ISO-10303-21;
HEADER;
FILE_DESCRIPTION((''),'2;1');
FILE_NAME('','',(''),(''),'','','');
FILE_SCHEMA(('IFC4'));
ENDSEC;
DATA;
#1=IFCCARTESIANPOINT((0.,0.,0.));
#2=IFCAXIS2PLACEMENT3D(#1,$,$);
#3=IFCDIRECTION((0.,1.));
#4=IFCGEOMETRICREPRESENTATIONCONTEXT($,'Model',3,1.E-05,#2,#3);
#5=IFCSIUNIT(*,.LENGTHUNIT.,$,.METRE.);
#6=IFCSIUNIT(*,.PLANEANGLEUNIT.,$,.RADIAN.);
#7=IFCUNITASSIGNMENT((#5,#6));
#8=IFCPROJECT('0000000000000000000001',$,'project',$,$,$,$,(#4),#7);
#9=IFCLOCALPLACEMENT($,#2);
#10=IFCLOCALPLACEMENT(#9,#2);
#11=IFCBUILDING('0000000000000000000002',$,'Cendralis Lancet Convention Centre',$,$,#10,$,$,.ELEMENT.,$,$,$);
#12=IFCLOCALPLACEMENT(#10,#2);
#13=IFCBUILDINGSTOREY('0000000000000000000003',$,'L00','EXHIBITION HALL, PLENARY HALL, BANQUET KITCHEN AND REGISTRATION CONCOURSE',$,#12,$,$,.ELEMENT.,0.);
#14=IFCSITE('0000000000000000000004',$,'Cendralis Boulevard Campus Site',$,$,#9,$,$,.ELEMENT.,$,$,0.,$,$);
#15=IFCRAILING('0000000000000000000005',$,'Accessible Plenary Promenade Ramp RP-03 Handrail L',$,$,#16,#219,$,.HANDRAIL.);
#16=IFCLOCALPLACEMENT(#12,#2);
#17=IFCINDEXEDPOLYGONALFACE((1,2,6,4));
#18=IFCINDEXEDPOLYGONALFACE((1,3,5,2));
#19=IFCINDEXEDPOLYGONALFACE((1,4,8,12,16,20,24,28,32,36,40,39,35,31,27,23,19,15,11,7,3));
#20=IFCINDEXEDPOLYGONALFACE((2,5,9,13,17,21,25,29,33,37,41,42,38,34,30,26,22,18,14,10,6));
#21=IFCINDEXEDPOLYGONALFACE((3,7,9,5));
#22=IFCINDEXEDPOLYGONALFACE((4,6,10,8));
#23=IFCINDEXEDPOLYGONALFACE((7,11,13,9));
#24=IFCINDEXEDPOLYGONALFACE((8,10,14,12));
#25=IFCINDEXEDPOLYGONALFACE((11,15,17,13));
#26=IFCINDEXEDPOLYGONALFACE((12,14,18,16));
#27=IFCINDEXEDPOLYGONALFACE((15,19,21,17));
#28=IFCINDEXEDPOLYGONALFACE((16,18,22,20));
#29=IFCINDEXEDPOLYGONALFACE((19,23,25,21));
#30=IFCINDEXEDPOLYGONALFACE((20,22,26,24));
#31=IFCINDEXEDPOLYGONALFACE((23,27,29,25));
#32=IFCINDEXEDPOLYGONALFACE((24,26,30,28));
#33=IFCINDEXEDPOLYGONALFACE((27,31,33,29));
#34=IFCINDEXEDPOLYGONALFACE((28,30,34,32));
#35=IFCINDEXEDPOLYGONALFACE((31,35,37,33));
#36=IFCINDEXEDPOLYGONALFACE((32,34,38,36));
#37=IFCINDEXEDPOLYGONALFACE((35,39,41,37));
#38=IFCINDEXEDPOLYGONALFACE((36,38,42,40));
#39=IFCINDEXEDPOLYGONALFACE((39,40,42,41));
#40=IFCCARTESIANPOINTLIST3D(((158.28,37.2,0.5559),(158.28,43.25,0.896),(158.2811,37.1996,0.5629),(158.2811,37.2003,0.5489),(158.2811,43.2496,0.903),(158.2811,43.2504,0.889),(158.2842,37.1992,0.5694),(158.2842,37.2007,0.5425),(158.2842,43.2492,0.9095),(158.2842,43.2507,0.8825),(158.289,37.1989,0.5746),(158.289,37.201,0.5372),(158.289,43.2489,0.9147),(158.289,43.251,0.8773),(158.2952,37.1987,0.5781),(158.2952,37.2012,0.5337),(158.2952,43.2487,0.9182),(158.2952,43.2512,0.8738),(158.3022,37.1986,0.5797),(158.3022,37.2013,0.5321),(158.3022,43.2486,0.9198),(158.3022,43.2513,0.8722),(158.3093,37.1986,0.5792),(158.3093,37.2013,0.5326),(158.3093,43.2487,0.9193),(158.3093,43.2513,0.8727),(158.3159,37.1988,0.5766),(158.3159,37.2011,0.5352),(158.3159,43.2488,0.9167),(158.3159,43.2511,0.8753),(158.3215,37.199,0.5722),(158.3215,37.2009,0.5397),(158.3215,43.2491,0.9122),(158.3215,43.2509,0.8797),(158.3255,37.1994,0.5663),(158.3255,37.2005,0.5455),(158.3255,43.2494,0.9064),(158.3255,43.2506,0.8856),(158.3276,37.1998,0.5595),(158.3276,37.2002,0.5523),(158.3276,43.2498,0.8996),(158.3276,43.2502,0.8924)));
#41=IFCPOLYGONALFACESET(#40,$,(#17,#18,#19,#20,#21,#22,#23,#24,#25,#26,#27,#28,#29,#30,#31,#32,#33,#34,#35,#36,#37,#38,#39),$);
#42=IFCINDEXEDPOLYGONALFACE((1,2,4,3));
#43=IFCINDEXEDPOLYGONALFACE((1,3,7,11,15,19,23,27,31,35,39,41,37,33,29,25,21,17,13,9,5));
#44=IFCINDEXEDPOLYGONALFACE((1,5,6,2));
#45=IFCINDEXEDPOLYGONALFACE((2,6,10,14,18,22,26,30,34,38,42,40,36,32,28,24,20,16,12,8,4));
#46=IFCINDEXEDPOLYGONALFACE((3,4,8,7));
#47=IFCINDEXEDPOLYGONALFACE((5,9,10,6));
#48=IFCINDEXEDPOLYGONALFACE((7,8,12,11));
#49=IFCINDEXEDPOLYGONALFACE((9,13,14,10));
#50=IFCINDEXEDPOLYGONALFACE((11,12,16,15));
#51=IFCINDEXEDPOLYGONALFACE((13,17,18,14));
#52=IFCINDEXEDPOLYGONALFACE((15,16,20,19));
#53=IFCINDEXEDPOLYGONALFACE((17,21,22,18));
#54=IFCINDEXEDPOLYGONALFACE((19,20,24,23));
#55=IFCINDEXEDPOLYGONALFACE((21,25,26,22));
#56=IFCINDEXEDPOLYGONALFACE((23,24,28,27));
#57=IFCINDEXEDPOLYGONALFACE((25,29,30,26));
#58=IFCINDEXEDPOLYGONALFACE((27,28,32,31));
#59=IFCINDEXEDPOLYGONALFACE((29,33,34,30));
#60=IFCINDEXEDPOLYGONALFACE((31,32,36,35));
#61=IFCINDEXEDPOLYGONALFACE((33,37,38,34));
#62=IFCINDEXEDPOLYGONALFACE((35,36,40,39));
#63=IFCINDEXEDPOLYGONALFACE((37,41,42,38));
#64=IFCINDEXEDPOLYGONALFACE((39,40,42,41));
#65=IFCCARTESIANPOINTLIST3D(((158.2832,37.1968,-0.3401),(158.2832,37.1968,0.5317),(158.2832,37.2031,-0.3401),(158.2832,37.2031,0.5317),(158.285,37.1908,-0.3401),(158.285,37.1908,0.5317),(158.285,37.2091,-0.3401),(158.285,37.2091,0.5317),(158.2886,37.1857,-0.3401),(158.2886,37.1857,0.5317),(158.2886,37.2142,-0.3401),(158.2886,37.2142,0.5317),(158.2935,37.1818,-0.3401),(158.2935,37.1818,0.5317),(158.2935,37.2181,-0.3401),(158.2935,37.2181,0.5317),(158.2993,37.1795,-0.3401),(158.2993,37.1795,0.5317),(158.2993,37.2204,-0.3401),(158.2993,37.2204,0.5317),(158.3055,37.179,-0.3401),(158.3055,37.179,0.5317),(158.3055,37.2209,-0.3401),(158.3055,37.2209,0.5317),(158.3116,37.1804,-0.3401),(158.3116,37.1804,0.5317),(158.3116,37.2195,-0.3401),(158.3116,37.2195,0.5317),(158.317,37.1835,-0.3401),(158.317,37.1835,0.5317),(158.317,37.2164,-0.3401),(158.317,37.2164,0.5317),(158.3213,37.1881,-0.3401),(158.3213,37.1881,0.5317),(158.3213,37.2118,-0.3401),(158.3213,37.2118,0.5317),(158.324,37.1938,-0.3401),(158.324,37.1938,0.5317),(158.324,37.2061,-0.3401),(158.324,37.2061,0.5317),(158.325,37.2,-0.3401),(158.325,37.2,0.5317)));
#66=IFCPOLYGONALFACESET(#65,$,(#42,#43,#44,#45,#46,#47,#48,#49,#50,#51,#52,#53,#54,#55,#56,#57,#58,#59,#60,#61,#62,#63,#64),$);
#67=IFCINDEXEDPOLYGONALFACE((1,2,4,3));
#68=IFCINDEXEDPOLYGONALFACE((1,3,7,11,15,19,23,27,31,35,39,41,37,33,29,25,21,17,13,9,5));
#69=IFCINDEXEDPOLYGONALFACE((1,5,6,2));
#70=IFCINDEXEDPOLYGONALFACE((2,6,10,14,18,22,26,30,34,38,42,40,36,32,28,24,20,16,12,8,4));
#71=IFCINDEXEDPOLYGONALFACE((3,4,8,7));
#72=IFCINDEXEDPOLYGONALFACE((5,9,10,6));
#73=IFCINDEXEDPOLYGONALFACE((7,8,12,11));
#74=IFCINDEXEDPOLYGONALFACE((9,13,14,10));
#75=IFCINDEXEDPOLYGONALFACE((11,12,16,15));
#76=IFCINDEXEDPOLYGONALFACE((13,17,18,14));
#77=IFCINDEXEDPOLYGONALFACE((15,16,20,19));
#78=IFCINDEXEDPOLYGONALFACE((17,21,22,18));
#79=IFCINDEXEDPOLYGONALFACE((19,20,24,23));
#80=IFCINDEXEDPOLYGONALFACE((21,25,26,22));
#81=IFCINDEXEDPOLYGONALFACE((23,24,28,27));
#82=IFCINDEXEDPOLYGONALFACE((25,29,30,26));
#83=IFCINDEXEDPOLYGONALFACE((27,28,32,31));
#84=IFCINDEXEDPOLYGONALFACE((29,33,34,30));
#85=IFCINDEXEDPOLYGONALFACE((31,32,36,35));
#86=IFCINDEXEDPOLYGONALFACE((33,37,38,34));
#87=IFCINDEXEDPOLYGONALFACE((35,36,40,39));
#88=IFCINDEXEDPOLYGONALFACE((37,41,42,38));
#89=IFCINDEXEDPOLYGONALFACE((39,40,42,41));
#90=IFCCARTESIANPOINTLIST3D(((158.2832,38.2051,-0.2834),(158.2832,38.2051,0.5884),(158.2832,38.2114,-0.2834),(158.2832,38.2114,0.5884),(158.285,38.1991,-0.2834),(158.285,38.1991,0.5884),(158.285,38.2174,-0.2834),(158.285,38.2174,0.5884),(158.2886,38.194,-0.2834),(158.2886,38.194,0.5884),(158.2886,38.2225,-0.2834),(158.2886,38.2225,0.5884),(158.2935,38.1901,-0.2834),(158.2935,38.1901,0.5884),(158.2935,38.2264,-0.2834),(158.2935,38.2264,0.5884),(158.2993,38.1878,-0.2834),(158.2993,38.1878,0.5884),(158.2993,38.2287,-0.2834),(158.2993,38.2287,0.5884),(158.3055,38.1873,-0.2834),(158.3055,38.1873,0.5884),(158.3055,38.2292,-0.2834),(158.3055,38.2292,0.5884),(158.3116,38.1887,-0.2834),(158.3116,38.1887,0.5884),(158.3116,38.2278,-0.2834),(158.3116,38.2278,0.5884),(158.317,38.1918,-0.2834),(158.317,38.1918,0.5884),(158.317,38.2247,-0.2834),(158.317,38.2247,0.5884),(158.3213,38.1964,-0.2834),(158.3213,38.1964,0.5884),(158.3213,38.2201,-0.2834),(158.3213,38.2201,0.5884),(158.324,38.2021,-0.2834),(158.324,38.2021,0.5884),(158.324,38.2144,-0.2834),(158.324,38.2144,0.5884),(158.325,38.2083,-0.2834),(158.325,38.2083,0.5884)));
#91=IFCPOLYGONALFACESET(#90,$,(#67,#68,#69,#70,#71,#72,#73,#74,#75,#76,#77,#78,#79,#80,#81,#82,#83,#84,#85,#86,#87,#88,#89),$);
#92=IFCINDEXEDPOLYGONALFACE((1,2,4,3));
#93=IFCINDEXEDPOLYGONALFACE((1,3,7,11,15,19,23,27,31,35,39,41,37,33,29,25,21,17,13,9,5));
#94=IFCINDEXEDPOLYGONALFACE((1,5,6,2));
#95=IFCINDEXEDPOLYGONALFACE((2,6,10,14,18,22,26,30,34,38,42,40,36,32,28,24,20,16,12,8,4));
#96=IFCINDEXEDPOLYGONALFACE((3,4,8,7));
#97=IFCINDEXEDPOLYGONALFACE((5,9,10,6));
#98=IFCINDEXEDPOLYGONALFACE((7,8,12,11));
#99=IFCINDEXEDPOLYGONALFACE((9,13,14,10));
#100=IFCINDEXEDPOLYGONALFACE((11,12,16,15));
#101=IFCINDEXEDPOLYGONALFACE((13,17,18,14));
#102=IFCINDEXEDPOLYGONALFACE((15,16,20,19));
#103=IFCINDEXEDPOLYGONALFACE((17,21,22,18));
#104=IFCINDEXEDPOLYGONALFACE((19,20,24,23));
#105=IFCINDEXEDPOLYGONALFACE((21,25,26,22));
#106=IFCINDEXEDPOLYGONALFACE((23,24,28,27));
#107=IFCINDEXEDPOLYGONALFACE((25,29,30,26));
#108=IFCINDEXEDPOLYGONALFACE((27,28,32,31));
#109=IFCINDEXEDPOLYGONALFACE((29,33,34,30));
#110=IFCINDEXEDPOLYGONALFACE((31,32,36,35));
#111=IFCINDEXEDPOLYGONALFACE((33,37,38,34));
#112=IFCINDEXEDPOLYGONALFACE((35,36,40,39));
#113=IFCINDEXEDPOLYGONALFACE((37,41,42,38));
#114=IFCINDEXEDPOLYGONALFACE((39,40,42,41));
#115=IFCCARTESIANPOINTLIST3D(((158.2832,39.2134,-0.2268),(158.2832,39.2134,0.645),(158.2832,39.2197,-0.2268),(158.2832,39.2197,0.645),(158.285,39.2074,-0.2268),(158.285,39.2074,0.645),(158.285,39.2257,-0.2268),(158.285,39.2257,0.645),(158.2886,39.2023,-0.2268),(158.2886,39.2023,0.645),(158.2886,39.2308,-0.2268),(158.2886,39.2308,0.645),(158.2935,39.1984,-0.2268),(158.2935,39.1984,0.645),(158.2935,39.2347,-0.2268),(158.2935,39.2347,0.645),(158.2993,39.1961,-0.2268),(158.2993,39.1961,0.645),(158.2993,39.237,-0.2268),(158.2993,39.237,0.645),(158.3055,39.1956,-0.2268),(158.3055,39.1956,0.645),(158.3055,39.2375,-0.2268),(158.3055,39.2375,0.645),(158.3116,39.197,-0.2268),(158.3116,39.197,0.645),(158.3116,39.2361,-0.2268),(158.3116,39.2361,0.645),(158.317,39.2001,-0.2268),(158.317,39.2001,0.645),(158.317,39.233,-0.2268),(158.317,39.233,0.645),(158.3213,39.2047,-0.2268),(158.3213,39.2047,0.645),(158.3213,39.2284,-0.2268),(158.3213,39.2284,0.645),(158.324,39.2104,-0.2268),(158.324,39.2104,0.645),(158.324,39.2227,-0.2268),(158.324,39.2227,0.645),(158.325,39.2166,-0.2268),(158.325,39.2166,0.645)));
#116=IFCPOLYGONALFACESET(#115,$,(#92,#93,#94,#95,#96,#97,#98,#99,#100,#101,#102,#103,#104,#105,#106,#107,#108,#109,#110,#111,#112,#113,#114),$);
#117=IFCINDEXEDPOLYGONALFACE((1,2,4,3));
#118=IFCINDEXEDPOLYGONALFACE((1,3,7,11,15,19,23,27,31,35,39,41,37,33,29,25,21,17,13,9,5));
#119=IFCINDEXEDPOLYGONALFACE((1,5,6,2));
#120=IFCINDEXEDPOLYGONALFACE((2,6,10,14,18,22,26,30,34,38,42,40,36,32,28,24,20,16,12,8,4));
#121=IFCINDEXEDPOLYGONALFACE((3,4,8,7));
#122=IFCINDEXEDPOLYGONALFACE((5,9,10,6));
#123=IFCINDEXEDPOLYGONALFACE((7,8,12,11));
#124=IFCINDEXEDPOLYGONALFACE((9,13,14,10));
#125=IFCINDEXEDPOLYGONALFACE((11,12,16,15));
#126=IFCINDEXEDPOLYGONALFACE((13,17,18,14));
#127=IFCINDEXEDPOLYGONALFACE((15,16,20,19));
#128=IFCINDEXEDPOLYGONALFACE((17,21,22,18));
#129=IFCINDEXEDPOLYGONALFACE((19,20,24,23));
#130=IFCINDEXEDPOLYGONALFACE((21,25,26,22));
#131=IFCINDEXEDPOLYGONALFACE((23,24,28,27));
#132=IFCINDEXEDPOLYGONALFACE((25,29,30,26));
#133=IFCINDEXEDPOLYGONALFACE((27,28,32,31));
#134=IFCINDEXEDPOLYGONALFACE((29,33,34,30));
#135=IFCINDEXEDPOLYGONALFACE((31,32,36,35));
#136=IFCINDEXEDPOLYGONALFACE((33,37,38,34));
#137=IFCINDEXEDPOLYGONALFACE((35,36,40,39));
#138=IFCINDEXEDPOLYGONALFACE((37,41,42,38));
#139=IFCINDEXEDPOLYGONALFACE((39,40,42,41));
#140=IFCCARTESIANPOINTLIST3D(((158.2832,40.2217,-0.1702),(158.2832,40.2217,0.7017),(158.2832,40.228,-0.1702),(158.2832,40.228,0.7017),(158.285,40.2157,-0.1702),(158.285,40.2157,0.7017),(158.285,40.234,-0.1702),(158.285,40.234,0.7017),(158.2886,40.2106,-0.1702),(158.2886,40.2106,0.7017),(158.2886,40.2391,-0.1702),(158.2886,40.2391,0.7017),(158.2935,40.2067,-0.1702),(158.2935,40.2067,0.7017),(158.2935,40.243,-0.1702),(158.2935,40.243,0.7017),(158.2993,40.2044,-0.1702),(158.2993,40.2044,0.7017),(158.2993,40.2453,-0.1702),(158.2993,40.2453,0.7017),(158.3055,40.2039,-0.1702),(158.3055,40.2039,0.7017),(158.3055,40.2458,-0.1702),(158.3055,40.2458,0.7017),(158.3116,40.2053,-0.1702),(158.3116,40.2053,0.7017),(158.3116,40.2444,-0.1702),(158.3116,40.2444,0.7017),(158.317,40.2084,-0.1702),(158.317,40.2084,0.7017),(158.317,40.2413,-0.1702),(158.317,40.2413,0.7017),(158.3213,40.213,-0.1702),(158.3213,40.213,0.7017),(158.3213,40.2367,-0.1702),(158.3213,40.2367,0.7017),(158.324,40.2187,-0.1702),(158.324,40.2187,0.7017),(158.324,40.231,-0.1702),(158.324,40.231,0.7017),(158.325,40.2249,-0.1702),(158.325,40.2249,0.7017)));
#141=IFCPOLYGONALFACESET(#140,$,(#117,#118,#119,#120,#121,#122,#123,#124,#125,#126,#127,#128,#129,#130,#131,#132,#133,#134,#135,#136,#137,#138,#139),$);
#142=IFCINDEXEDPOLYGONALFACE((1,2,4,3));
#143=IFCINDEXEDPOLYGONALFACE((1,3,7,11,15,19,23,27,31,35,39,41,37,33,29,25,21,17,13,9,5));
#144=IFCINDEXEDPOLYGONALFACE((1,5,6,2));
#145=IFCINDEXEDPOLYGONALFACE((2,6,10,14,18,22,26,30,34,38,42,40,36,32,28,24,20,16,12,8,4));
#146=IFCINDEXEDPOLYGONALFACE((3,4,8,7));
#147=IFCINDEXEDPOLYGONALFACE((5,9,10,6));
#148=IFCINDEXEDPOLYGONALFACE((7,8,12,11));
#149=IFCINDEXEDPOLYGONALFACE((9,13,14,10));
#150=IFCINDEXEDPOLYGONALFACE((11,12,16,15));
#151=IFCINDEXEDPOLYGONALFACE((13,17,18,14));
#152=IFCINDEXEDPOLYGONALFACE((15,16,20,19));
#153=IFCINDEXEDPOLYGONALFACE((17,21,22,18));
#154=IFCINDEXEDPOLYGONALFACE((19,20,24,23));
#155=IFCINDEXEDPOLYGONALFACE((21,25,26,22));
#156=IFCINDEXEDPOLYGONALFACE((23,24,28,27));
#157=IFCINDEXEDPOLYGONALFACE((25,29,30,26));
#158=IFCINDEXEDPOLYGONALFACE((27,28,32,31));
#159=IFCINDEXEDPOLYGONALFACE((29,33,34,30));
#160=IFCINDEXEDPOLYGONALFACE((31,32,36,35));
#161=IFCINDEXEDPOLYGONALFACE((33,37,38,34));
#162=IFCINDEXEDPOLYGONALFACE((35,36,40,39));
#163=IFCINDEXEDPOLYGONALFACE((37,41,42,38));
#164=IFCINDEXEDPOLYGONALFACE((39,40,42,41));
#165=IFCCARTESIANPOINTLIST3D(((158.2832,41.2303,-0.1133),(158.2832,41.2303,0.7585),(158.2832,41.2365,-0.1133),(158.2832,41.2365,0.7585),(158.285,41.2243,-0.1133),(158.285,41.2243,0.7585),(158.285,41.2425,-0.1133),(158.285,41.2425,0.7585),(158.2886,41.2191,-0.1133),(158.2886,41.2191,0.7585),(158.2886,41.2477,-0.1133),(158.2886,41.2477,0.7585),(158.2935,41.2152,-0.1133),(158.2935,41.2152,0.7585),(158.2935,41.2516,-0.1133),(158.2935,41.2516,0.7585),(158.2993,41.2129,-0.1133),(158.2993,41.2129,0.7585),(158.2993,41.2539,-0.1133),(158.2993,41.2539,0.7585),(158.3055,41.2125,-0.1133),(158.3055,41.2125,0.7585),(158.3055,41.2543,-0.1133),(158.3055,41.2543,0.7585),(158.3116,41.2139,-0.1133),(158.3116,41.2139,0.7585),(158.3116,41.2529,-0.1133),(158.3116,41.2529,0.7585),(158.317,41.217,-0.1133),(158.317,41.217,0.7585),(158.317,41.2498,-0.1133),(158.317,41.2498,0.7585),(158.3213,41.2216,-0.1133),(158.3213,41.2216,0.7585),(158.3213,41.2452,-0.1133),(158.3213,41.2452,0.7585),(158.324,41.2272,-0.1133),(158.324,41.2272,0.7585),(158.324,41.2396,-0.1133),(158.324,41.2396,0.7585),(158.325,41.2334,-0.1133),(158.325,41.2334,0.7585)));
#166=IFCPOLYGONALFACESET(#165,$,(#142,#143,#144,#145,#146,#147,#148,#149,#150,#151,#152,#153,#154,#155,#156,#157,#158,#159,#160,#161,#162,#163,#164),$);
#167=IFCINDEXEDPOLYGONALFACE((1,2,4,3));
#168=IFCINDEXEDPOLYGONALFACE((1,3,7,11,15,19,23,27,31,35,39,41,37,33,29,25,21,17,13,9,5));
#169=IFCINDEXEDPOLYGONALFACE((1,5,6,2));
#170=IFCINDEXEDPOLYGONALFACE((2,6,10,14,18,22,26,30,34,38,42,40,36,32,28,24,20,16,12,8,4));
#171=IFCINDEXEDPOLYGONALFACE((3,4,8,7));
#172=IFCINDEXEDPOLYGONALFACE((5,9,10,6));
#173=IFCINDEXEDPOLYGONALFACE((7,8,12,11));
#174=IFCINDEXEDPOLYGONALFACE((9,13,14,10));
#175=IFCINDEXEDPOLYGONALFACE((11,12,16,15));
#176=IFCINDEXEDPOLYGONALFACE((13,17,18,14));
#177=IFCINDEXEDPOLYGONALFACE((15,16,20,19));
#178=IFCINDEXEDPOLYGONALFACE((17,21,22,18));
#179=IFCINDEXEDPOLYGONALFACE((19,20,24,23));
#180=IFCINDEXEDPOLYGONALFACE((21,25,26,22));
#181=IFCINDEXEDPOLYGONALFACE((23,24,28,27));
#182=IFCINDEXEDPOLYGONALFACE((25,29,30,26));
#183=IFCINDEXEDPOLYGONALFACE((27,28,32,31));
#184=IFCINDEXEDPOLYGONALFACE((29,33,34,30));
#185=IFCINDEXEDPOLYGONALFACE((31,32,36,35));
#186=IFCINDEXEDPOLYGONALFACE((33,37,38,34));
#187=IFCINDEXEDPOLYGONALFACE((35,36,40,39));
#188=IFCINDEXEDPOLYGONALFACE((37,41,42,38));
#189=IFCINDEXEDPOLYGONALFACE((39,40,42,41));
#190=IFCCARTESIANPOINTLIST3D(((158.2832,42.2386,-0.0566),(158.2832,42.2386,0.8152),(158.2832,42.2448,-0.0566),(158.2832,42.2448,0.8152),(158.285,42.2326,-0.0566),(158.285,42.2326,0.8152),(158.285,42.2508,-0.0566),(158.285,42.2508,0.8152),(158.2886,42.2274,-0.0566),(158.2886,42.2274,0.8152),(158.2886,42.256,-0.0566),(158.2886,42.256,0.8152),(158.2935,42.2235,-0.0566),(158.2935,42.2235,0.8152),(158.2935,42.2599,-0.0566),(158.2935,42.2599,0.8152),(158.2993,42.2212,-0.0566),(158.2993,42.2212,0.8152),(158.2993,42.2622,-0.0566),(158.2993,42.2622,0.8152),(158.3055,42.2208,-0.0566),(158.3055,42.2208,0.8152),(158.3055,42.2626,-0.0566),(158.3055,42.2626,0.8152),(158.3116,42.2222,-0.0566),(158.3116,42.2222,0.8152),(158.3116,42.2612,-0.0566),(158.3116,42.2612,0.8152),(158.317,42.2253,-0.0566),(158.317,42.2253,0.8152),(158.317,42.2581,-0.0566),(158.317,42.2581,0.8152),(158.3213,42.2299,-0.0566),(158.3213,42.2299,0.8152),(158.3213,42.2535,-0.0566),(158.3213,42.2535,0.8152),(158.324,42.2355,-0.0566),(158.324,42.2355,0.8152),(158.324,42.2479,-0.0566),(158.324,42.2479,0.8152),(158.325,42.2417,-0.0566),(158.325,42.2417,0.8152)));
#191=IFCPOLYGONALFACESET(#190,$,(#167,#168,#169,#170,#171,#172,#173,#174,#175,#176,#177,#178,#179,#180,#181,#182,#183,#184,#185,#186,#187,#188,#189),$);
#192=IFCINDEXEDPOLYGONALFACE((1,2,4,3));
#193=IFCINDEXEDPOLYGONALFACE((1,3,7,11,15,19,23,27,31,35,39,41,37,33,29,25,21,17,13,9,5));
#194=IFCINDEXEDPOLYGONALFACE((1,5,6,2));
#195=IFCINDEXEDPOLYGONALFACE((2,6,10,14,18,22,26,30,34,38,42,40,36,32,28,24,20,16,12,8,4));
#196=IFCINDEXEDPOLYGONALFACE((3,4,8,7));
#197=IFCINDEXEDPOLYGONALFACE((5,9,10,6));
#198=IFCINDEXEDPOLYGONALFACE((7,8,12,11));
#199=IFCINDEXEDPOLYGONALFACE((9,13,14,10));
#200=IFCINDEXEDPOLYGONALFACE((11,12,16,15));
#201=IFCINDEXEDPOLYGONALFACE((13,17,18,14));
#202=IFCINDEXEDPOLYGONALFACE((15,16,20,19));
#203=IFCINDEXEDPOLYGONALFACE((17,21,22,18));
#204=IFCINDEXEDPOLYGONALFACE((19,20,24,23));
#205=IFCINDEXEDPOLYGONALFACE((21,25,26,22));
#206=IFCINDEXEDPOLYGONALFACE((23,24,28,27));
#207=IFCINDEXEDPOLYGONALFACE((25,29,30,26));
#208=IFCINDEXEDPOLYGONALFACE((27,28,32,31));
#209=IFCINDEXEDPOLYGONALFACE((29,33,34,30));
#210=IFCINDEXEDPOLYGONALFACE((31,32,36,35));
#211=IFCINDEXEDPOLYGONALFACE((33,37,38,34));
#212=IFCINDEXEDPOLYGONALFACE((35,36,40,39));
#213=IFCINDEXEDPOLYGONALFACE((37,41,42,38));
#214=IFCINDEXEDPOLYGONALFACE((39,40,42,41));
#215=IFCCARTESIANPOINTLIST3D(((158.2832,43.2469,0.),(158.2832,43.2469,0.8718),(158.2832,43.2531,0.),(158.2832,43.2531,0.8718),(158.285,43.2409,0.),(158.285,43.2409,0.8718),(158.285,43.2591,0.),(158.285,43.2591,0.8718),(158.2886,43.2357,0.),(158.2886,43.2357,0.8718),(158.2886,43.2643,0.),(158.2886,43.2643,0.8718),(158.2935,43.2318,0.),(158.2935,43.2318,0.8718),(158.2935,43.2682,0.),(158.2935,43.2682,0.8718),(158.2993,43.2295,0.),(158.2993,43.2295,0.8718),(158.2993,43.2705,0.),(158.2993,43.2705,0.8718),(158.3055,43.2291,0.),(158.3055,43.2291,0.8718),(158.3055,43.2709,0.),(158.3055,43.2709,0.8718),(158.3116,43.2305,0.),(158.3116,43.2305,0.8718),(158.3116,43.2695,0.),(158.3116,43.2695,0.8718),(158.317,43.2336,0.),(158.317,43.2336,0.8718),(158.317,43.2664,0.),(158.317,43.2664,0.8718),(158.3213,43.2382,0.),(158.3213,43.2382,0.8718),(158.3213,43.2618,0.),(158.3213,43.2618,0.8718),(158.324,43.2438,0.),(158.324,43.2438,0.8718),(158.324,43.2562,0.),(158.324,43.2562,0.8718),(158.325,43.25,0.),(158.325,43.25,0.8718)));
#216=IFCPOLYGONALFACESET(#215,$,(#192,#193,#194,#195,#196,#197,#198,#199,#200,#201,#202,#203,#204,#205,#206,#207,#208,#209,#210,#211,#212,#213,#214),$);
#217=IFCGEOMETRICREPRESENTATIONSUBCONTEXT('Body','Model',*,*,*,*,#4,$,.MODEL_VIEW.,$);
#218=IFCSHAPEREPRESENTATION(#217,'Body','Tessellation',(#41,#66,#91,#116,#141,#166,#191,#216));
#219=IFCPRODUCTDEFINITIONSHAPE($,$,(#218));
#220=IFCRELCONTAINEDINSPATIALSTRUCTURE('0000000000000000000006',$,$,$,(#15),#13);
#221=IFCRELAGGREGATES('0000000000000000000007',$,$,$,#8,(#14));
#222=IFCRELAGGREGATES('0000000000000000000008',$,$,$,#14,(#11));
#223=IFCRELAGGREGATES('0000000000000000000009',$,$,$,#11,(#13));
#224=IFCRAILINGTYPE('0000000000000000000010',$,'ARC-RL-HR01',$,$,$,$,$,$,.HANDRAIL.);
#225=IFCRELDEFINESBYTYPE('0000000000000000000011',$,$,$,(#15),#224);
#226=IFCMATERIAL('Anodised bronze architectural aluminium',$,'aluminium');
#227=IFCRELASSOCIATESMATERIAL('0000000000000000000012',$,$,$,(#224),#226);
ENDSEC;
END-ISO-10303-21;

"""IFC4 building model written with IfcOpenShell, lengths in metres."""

from ifc_helpers import new_model, si_unit, direction, frame, origin, origin_2d, place, context, subcontext, project, spatial, circle, extrude, material, type_object, element, save


model = new_model("IFC4")

# Units and contexts
model_context = context("Model", 3, precision=1e-05, world=origin(), true_north=direction((0.0, 1.0)))
body_context = subcontext(model_context, "Body", "Model", "MODEL_VIEW")
ifc_project = project(units=[si_unit("LENGTHUNIT", "METRE"), si_unit("PLANEANGLEUNIT", "RADIAN")], contexts=[model_context])

# Site, building, storey
site_placement = place(None, origin())
site = spatial("IfcSite", under=ifc_project, at=site_placement, Name="Cendralis Boulevard Campus Site", CompositionType="ELEMENT", RefElevation=0.0)
building_placement = place(site_placement, origin())
building = spatial("IfcBuilding", under=site, at=building_placement, Name="Cendralis Lancet Convention Centre", CompositionType="ELEMENT")
storey_placement = place(building_placement, origin())
storey = spatial("IfcBuildingStorey", under=building, at=storey_placement, Name="L00", Description="EXHIBITION HALL, PLENARY HALL, BANQUET KITCHEN AND REGISTRATION CONCOURSE", CompositionType="ELEMENT", Elevation=0.0)

# Shared definitions
ifc_material_1 = material(Name="Anodised bronze architectural aluminium", Category="aluminium")

# Railing
railing_type = type_object("IfcRailingType", Name="ARC-RL-HR01", PredefinedType="HANDRAIL", material=ifc_material_1)
for number, where, name in (
    (1, (158.304, 37.2, -0.3401), "Accessible Plenary Promenade Ramp RP-03 Handrail L"),
):
    element("IfcRailing", number, at=place(storey_placement, frame(where)), inside=storey, type_object=railing_type, Name=name, PredefinedType="HANDRAIL", context=body_context, shape_type="SweptSolid", body=[
        extrude(circle(Radius=0.0239, at=origin_2d()), frame((0.0, 0.0, 0.896), z_axis=(0.0, 0.998424, 0.056124), x_axis=(-1.0, 0.0, 0.0)), (0.0, 0.0, 1.0), 6.0596),
        extrude(circle(Radius=0.021, at=origin_2d()), origin(), (0.0, 0.0, 1.0), 0.8718),
        extrude(circle(Radius=0.021, at=origin_2d()), frame((0.0, 1.0083, 0.0566)), (0.0, 0.0, 1.0), 0.8718),
        extrude(circle(Radius=0.021, at=origin_2d()), frame((0.0, 2.0166, 0.1133)), (0.0, 0.0, 1.0), 0.8718),
        extrude(circle(Radius=0.021, at=origin_2d()), frame((0.0, 3.0249, 0.1699)), (0.0, 0.0, 1.0), 0.8718),
        extrude(circle(Radius=0.021, at=origin_2d()), frame((0.0, 4.0334, 0.2268)), (0.0, 0.0, 1.0), 0.8718),
        extrude(circle(Radius=0.021, at=origin_2d()), frame((0.0, 5.0417, 0.2834)), (0.0, 0.0, 1.0), 0.8718),
        extrude(circle(Radius=0.021, at=origin_2d()), frame((0.0, 6.05, 0.3401)), (0.0, 0.0, 1.0), 0.8718),
    ])

save(model, "model.ifc")
